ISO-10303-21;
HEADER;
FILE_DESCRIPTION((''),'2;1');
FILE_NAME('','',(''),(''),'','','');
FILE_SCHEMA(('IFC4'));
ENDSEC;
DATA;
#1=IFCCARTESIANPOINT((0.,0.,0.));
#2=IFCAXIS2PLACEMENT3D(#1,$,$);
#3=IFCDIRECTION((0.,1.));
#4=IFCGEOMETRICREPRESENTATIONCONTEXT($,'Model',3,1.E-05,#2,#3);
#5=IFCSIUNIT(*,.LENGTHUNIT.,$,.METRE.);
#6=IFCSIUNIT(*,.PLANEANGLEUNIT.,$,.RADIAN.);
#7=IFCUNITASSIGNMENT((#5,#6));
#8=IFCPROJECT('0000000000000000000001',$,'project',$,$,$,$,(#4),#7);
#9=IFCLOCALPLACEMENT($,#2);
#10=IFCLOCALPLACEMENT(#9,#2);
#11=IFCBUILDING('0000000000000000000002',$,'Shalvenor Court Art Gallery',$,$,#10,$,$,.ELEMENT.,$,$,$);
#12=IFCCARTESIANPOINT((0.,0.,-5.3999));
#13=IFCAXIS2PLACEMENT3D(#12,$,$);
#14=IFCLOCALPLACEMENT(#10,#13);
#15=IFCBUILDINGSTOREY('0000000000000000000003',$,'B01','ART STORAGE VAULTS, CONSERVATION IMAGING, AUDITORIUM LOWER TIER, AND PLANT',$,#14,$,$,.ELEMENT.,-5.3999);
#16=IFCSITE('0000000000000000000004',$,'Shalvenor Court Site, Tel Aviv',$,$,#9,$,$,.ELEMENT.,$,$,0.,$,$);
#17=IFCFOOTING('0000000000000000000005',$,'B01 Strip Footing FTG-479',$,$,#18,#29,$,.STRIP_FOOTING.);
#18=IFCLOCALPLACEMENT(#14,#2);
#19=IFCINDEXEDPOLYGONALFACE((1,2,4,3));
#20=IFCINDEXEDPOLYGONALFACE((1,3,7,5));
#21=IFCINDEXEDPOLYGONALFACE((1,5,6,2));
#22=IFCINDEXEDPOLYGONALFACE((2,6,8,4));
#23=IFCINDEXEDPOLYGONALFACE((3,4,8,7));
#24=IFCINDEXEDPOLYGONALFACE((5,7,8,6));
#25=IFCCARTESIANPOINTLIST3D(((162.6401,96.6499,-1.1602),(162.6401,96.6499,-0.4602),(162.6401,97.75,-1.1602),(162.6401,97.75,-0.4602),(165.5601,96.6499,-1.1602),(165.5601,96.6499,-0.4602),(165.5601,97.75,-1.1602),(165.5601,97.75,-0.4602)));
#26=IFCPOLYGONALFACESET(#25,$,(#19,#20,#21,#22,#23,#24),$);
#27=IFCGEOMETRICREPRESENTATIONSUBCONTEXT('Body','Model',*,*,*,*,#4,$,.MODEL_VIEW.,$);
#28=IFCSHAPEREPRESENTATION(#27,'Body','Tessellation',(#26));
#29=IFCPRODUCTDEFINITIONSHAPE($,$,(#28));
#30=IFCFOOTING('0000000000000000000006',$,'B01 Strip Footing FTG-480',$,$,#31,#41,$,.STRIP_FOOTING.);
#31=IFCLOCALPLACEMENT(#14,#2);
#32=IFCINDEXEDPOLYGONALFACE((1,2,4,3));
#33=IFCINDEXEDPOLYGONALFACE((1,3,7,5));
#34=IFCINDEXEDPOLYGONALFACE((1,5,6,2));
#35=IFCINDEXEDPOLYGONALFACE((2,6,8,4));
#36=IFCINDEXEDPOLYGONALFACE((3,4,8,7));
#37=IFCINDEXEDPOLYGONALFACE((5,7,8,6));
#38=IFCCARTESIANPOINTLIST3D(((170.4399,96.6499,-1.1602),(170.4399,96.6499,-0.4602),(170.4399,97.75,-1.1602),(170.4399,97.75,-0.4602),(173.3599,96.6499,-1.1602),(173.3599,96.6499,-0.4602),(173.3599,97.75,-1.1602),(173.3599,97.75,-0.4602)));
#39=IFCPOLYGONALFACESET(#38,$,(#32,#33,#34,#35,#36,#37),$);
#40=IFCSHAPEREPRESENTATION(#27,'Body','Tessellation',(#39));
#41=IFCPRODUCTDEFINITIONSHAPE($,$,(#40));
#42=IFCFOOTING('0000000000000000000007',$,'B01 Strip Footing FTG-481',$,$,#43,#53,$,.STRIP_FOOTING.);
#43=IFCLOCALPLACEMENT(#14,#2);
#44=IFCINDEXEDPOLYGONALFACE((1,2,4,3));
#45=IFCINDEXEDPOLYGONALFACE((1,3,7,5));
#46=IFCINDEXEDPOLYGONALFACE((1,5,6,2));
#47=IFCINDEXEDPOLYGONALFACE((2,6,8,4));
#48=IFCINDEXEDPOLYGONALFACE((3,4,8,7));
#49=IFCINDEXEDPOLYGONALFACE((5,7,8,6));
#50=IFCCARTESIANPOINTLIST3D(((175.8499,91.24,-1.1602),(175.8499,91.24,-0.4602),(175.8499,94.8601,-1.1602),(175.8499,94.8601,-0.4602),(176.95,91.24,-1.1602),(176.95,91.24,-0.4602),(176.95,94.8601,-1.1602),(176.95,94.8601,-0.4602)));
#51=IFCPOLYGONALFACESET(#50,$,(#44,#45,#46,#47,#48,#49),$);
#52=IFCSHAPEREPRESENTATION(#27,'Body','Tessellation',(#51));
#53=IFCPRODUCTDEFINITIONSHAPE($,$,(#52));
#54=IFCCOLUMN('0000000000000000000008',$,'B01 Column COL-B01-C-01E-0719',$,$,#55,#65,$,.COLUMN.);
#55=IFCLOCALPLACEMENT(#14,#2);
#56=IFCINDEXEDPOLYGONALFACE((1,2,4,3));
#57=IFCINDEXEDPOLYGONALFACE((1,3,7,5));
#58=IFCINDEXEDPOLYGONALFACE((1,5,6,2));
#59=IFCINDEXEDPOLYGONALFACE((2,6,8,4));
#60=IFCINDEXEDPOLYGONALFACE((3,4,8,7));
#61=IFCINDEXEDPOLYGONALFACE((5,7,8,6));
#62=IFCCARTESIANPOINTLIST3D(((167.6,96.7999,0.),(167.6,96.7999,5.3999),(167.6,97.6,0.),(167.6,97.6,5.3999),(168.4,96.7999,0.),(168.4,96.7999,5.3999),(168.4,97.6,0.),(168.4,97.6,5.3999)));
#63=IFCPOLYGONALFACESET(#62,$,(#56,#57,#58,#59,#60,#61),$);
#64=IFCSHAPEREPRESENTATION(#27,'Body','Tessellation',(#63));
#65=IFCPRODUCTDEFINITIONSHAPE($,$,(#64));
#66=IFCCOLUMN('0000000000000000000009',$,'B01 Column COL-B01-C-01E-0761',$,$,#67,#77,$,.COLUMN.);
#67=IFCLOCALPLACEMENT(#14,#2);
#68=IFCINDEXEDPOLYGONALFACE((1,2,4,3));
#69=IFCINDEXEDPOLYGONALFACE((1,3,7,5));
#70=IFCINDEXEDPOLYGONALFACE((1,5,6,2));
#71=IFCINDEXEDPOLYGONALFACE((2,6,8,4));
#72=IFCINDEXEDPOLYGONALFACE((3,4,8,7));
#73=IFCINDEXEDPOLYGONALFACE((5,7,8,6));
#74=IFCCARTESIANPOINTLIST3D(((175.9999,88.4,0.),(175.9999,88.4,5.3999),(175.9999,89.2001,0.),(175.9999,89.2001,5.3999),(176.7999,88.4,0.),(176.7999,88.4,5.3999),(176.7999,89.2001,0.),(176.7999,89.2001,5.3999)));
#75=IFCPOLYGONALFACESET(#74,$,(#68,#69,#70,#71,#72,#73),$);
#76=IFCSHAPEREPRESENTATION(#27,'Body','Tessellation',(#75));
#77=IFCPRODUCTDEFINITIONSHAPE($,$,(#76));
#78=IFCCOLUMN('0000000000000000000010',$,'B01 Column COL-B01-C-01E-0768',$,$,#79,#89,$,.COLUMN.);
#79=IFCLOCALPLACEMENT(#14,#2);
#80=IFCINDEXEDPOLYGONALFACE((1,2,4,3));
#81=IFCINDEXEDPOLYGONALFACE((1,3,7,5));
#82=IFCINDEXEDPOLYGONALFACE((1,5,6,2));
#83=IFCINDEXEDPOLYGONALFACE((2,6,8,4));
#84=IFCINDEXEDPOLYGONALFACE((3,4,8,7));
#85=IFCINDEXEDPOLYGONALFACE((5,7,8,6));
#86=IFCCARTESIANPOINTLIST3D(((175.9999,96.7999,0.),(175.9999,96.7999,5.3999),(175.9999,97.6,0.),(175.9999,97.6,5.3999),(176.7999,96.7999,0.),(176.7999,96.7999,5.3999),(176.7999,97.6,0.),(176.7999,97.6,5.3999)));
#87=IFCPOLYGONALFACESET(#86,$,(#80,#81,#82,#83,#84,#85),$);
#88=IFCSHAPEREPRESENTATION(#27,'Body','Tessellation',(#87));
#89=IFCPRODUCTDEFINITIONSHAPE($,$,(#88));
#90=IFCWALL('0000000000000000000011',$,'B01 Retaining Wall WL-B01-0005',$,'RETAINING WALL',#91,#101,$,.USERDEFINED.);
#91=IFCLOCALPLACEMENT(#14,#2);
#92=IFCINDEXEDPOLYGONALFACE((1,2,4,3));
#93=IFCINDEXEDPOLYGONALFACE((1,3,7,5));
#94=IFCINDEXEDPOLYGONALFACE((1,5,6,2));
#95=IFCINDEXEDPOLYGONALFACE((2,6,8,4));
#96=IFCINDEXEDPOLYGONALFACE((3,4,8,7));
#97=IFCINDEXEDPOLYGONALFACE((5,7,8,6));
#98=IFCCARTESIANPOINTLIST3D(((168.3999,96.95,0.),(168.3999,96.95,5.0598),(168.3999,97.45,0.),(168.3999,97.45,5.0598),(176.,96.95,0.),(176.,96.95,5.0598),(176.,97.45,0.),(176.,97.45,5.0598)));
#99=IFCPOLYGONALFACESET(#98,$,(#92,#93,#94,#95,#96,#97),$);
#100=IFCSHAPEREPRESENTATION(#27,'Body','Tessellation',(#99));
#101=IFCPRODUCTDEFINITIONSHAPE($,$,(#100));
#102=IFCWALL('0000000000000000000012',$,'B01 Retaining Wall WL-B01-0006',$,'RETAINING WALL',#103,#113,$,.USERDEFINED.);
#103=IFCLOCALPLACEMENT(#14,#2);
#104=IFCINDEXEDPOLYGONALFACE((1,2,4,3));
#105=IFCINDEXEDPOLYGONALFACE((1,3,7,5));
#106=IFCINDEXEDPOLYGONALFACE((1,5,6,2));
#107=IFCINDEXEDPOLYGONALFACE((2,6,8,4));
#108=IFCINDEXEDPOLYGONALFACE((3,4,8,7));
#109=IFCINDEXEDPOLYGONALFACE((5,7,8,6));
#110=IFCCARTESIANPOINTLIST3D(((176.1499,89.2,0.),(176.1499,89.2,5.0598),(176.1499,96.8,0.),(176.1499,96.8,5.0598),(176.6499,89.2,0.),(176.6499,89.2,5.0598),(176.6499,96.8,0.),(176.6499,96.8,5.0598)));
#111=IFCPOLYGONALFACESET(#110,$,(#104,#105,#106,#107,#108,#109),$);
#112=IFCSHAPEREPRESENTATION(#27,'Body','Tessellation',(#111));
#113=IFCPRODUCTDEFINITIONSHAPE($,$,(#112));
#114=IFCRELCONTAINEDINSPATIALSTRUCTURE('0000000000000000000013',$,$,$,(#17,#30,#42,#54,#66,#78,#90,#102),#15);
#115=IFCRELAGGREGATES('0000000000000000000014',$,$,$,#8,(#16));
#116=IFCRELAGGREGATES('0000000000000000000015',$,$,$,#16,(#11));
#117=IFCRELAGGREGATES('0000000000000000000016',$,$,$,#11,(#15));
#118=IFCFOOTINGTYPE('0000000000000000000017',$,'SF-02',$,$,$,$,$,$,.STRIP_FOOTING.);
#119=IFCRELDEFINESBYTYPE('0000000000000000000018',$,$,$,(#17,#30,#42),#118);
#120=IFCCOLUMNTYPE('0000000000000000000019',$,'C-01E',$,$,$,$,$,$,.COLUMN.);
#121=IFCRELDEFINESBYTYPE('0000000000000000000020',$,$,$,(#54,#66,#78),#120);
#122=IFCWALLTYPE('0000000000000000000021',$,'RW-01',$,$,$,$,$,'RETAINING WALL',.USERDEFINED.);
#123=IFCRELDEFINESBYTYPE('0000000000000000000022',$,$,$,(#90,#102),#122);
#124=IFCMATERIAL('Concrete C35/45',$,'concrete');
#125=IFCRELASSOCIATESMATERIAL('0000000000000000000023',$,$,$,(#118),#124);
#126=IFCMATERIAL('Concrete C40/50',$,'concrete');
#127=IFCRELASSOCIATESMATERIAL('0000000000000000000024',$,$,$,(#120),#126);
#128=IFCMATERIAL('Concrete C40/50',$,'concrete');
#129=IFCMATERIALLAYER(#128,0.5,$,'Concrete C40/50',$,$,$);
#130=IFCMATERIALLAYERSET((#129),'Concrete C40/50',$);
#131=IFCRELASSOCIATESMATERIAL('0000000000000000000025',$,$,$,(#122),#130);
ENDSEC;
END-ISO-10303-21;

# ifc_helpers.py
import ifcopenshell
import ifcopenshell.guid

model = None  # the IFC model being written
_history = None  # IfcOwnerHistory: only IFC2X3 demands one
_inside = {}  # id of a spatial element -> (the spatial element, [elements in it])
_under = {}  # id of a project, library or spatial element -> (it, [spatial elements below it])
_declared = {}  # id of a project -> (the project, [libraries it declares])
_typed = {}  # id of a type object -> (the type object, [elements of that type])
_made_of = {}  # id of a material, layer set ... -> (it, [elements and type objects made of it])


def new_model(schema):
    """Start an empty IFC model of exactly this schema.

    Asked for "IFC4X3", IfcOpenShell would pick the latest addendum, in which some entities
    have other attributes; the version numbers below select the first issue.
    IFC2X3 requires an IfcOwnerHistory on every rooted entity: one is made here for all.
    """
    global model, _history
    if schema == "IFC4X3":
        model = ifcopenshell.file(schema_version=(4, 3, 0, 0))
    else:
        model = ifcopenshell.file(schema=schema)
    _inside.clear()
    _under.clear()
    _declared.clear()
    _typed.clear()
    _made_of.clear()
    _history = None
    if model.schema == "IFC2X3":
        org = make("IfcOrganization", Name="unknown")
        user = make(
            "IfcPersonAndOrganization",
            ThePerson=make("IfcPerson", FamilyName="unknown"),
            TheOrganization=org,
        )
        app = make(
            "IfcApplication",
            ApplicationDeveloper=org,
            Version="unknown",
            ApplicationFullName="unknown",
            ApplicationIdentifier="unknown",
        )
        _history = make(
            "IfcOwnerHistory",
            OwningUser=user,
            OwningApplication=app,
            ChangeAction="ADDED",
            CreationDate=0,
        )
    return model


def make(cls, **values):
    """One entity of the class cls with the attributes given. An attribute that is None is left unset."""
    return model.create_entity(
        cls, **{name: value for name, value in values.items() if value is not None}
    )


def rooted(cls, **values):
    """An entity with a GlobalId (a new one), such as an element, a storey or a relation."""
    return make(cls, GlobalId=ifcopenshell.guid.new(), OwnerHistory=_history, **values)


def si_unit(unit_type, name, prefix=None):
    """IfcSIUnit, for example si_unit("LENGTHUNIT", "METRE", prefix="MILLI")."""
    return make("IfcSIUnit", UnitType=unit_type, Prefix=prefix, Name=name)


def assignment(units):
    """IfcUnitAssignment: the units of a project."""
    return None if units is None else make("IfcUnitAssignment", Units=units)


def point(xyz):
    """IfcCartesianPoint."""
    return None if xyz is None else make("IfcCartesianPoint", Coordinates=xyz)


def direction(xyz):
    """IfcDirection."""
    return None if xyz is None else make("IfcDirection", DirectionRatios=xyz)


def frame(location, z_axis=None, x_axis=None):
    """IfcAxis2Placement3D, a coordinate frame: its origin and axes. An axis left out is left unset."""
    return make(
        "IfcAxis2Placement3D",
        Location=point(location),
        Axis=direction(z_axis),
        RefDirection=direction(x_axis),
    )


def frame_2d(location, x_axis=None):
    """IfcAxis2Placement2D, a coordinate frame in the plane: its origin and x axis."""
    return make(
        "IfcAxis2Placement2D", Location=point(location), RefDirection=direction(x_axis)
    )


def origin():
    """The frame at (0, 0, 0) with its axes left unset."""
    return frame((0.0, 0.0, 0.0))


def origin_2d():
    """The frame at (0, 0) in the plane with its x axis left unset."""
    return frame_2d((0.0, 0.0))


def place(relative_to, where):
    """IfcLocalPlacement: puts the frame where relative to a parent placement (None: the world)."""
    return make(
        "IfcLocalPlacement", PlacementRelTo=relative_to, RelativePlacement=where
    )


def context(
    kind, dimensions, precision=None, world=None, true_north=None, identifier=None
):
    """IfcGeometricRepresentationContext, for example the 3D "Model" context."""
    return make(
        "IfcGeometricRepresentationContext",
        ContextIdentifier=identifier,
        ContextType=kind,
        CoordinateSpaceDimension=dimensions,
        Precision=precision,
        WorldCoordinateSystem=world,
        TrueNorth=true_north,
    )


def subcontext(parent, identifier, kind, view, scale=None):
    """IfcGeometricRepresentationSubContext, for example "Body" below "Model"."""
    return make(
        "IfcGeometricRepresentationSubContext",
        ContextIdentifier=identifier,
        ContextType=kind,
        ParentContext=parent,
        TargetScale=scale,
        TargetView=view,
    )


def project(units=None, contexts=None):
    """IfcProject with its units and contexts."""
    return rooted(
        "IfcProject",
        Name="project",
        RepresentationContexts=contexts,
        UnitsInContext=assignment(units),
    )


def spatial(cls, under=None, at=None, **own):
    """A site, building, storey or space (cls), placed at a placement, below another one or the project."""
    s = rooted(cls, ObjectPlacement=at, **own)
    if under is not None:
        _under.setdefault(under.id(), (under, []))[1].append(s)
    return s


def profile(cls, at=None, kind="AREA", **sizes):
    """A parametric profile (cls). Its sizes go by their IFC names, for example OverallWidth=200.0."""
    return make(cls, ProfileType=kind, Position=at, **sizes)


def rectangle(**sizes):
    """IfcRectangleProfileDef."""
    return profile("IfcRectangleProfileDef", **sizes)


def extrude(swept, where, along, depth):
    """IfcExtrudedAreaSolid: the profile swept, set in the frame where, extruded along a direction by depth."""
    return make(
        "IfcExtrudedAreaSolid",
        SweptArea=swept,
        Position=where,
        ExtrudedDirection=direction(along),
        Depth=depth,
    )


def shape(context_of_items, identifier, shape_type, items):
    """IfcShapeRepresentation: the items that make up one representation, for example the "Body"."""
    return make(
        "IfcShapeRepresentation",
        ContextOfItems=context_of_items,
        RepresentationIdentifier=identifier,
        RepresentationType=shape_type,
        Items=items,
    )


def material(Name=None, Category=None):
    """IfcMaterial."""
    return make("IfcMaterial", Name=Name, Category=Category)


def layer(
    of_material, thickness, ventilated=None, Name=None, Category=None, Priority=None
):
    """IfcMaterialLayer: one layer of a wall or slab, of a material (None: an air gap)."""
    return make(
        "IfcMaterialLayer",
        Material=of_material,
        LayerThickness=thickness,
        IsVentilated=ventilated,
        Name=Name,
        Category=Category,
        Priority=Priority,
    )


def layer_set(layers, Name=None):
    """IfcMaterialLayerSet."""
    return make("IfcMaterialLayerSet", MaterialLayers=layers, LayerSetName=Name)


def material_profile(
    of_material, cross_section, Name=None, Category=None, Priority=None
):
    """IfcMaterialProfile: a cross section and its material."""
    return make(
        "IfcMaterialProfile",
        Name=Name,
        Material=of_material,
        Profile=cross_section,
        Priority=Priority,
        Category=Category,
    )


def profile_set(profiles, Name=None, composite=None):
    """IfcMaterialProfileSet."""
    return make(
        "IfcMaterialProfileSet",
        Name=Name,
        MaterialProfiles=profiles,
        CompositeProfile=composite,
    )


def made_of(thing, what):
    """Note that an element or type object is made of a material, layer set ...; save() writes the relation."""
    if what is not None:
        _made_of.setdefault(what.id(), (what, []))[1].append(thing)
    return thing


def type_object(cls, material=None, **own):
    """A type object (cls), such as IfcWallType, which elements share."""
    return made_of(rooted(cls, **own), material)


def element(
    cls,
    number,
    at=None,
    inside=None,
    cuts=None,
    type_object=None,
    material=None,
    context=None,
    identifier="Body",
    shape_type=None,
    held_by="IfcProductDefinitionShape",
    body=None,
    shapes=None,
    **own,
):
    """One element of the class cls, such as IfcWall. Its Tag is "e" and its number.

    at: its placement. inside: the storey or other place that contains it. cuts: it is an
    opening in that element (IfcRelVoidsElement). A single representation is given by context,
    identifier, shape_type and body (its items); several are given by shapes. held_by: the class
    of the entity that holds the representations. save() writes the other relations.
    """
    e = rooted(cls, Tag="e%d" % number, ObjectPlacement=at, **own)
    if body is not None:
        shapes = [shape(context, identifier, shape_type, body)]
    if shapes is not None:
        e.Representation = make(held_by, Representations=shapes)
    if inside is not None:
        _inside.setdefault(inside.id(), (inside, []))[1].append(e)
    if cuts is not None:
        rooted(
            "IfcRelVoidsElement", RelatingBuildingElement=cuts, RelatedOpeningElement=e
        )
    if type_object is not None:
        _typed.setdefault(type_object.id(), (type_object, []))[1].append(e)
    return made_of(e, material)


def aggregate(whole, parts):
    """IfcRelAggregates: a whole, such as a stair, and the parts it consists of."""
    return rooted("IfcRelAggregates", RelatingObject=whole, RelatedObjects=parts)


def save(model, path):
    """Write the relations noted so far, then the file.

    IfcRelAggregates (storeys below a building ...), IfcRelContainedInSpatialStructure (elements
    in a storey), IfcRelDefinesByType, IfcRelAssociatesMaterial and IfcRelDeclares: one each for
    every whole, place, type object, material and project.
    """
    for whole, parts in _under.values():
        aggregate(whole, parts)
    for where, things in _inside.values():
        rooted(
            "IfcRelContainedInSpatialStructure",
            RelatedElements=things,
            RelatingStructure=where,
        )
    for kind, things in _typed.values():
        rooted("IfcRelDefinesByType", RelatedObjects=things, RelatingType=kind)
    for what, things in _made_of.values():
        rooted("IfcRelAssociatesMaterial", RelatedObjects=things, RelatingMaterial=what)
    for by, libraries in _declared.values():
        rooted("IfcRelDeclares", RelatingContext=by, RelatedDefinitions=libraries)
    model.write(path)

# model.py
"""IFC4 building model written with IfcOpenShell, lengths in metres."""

from ifc_helpers import new_model, si_unit, direction, frame, frame_2d, origin, origin_2d, place, context, subcontext, project, spatial, rectangle, extrude, material, layer, layer_set, material_profile, profile_set, type_object, element, save


model = new_model("IFC4")

# Units and contexts
model_context = context("Model", 3, precision=1e-05, world=origin(), true_north=direction((0.0, 1.0)))
body_context = subcontext(model_context, "Body", "Model", "MODEL_VIEW")
ifc_project = project(units=[si_unit("LENGTHUNIT", "METRE"), si_unit("PLANEANGLEUNIT", "RADIAN")], contexts=[model_context])

# Site, building, storey
site_placement = place(None, origin())
site = spatial("IfcSite", under=ifc_project, at=site_placement, Name="Shalvenor Court Site, Tel Aviv", CompositionType="ELEMENT", RefElevation=0.0)
building_placement = place(site_placement, origin())
building = spatial("IfcBuilding", under=site, at=building_placement, Name="Shalvenor Court Art Gallery", CompositionType="ELEMENT")
storey_placement = place(building_placement, frame((0.0, 0.0, -5.3999)))
storey = spatial("IfcBuildingStorey", under=building, at=storey_placement, Name="B01", Description="ART STORAGE VAULTS, CONSERVATION IMAGING, AUDITORIUM LOWER TIER, AND PLANT", CompositionType="ELEMENT", Elevation=-5.3999)

# Footings
ifc_material_1 = material(Name="Concrete C35/45", Category="concrete")
footing_type_1 = type_object("IfcFootingType", Name="SF-02", PredefinedType="STRIP_FOOTING", material=ifc_material_1)
for number, where, z_axis, x_axis, name in (
    (1, (164.1001, 97.2, -1.1602), (0.0, 0.0, 1.0), (1.0, 0.0, 0.0), "B01 Strip Footing FTG-479"),
    (2, (171.8999, 97.2, -1.1602), (0.0, 0.0, 1.0), (1.0, 0.0, 0.0), "B01 Strip Footing FTG-480"),
):
    element("IfcFooting", number, at=place(storey_placement, frame(where, z_axis=z_axis, x_axis=x_axis)), inside=storey, type_object=footing_type_1, Name=name, PredefinedType="STRIP_FOOTING", context=body_context, shape_type="SweptSolid", body=[
        extrude(rectangle(XDim=2.9199, YDim=1.1001, at=origin_2d()), origin(), (0.0, 0.0, 1.0), 0.7),
    ])
footing_1_placement = place(storey_placement, frame((176.3999, 93.05, -1.1602), z_axis=(0.0, 0.0, 1.0), x_axis=(0.0, 1.0, 0.0)))
element("IfcFooting", 3, at=footing_1_placement, inside=storey, type_object=footing_type_1, Name="B01 Strip Footing FTG-481", PredefinedType="STRIP_FOOTING", context=body_context, shape_type="SweptSolid", body=[
    extrude(rectangle(XDim=3.6201, YDim=1.1001, at=origin_2d()), origin(), (0.0, 0.0, 1.0), 0.7),
])

# Columns
ifc_material_2 = material(Name="Concrete C40/50", Category="concrete")
ifc_material_profile_1 = material_profile(ifc_material_2, rectangle(XDim=0.8, YDim=0.8, at=origin_2d()), Name="RC 800x800")
ifc_profile_set_1 = profile_set([ifc_material_profile_1], Name="Concrete C40/50")
column_type = type_object("IfcColumnType", Name="C-01E", PredefinedType="COLUMN", material=ifc_profile_set_1)
for number, where, z_axis, x_axis, name in (
    (4, (168.0, 97.2, 0.0), (0.0, 0.0, 1.0), (1.0, 0.0, 0.0), "B01 Column COL-B01-C-01E-0719"),
    (5, (176.3999, 88.8, 0.0), (0.0, 0.0, 1.0), (1.0, 0.0, 0.0), "B01 Column COL-B01-C-01E-0761"),
    (6, (176.3999, 97.2, 0.0), (0.0, 0.0, 1.0), (1.0, 0.0, 0.0), "B01 Column COL-B01-C-01E-0768"),
):
    element("IfcColumn", number, at=place(storey_placement, frame(where, z_axis=z_axis, x_axis=x_axis)), inside=storey, type_object=column_type, Name=name, PredefinedType="COLUMN", context=body_context, shape_type="SweptSolid", body=[
        extrude(rectangle(XDim=0.8, YDim=0.8, at=origin_2d()), origin(), (0.0, 0.0, 1.0), 5.3999),
    ])

# Walls
ifc_material_3 = material(Name="Concrete C40/50", Category="concrete")
ifc_layer = layer(ifc_material_3, 0.5, Name="Concrete C40/50")
ifc_layer_set = layer_set([ifc_layer], Name="Concrete C40/50")
wall_type = type_object("IfcWallType", Name="RW-01", ElementType="RETAINING WALL", PredefinedType="USERDEFINED", material=ifc_layer_set)
for number, where, z_axis, x_axis, name in (
    (7, (168.3999, 97.2, 0.0), (0.0, 0.0, 1.0), (1.0, 0.0, 0.0), "B01 Retaining Wall WL-B01-0005"),
    (8, (176.3999, 96.8, 0.0), (0.0, 0.0, 1.0), (0.0, -1.0, 0.0), "B01 Retaining Wall WL-B01-0006"),
):
    element("IfcWall", number, at=place(storey_placement, frame(where, z_axis=z_axis, x_axis=x_axis)), inside=storey, type_object=wall_type, Name=name, ObjectType="RETAINING WALL", PredefinedType="USERDEFINED", context=body_context, shape_type="SweptSolid", body=[
        extrude(rectangle(XDim=7.6001, YDim=0.5, at=frame_2d((3.8, 0.0))), origin(), (0.0, 0.0, 1.0), 5.0598),
    ])

save(model, "model.ifc")
